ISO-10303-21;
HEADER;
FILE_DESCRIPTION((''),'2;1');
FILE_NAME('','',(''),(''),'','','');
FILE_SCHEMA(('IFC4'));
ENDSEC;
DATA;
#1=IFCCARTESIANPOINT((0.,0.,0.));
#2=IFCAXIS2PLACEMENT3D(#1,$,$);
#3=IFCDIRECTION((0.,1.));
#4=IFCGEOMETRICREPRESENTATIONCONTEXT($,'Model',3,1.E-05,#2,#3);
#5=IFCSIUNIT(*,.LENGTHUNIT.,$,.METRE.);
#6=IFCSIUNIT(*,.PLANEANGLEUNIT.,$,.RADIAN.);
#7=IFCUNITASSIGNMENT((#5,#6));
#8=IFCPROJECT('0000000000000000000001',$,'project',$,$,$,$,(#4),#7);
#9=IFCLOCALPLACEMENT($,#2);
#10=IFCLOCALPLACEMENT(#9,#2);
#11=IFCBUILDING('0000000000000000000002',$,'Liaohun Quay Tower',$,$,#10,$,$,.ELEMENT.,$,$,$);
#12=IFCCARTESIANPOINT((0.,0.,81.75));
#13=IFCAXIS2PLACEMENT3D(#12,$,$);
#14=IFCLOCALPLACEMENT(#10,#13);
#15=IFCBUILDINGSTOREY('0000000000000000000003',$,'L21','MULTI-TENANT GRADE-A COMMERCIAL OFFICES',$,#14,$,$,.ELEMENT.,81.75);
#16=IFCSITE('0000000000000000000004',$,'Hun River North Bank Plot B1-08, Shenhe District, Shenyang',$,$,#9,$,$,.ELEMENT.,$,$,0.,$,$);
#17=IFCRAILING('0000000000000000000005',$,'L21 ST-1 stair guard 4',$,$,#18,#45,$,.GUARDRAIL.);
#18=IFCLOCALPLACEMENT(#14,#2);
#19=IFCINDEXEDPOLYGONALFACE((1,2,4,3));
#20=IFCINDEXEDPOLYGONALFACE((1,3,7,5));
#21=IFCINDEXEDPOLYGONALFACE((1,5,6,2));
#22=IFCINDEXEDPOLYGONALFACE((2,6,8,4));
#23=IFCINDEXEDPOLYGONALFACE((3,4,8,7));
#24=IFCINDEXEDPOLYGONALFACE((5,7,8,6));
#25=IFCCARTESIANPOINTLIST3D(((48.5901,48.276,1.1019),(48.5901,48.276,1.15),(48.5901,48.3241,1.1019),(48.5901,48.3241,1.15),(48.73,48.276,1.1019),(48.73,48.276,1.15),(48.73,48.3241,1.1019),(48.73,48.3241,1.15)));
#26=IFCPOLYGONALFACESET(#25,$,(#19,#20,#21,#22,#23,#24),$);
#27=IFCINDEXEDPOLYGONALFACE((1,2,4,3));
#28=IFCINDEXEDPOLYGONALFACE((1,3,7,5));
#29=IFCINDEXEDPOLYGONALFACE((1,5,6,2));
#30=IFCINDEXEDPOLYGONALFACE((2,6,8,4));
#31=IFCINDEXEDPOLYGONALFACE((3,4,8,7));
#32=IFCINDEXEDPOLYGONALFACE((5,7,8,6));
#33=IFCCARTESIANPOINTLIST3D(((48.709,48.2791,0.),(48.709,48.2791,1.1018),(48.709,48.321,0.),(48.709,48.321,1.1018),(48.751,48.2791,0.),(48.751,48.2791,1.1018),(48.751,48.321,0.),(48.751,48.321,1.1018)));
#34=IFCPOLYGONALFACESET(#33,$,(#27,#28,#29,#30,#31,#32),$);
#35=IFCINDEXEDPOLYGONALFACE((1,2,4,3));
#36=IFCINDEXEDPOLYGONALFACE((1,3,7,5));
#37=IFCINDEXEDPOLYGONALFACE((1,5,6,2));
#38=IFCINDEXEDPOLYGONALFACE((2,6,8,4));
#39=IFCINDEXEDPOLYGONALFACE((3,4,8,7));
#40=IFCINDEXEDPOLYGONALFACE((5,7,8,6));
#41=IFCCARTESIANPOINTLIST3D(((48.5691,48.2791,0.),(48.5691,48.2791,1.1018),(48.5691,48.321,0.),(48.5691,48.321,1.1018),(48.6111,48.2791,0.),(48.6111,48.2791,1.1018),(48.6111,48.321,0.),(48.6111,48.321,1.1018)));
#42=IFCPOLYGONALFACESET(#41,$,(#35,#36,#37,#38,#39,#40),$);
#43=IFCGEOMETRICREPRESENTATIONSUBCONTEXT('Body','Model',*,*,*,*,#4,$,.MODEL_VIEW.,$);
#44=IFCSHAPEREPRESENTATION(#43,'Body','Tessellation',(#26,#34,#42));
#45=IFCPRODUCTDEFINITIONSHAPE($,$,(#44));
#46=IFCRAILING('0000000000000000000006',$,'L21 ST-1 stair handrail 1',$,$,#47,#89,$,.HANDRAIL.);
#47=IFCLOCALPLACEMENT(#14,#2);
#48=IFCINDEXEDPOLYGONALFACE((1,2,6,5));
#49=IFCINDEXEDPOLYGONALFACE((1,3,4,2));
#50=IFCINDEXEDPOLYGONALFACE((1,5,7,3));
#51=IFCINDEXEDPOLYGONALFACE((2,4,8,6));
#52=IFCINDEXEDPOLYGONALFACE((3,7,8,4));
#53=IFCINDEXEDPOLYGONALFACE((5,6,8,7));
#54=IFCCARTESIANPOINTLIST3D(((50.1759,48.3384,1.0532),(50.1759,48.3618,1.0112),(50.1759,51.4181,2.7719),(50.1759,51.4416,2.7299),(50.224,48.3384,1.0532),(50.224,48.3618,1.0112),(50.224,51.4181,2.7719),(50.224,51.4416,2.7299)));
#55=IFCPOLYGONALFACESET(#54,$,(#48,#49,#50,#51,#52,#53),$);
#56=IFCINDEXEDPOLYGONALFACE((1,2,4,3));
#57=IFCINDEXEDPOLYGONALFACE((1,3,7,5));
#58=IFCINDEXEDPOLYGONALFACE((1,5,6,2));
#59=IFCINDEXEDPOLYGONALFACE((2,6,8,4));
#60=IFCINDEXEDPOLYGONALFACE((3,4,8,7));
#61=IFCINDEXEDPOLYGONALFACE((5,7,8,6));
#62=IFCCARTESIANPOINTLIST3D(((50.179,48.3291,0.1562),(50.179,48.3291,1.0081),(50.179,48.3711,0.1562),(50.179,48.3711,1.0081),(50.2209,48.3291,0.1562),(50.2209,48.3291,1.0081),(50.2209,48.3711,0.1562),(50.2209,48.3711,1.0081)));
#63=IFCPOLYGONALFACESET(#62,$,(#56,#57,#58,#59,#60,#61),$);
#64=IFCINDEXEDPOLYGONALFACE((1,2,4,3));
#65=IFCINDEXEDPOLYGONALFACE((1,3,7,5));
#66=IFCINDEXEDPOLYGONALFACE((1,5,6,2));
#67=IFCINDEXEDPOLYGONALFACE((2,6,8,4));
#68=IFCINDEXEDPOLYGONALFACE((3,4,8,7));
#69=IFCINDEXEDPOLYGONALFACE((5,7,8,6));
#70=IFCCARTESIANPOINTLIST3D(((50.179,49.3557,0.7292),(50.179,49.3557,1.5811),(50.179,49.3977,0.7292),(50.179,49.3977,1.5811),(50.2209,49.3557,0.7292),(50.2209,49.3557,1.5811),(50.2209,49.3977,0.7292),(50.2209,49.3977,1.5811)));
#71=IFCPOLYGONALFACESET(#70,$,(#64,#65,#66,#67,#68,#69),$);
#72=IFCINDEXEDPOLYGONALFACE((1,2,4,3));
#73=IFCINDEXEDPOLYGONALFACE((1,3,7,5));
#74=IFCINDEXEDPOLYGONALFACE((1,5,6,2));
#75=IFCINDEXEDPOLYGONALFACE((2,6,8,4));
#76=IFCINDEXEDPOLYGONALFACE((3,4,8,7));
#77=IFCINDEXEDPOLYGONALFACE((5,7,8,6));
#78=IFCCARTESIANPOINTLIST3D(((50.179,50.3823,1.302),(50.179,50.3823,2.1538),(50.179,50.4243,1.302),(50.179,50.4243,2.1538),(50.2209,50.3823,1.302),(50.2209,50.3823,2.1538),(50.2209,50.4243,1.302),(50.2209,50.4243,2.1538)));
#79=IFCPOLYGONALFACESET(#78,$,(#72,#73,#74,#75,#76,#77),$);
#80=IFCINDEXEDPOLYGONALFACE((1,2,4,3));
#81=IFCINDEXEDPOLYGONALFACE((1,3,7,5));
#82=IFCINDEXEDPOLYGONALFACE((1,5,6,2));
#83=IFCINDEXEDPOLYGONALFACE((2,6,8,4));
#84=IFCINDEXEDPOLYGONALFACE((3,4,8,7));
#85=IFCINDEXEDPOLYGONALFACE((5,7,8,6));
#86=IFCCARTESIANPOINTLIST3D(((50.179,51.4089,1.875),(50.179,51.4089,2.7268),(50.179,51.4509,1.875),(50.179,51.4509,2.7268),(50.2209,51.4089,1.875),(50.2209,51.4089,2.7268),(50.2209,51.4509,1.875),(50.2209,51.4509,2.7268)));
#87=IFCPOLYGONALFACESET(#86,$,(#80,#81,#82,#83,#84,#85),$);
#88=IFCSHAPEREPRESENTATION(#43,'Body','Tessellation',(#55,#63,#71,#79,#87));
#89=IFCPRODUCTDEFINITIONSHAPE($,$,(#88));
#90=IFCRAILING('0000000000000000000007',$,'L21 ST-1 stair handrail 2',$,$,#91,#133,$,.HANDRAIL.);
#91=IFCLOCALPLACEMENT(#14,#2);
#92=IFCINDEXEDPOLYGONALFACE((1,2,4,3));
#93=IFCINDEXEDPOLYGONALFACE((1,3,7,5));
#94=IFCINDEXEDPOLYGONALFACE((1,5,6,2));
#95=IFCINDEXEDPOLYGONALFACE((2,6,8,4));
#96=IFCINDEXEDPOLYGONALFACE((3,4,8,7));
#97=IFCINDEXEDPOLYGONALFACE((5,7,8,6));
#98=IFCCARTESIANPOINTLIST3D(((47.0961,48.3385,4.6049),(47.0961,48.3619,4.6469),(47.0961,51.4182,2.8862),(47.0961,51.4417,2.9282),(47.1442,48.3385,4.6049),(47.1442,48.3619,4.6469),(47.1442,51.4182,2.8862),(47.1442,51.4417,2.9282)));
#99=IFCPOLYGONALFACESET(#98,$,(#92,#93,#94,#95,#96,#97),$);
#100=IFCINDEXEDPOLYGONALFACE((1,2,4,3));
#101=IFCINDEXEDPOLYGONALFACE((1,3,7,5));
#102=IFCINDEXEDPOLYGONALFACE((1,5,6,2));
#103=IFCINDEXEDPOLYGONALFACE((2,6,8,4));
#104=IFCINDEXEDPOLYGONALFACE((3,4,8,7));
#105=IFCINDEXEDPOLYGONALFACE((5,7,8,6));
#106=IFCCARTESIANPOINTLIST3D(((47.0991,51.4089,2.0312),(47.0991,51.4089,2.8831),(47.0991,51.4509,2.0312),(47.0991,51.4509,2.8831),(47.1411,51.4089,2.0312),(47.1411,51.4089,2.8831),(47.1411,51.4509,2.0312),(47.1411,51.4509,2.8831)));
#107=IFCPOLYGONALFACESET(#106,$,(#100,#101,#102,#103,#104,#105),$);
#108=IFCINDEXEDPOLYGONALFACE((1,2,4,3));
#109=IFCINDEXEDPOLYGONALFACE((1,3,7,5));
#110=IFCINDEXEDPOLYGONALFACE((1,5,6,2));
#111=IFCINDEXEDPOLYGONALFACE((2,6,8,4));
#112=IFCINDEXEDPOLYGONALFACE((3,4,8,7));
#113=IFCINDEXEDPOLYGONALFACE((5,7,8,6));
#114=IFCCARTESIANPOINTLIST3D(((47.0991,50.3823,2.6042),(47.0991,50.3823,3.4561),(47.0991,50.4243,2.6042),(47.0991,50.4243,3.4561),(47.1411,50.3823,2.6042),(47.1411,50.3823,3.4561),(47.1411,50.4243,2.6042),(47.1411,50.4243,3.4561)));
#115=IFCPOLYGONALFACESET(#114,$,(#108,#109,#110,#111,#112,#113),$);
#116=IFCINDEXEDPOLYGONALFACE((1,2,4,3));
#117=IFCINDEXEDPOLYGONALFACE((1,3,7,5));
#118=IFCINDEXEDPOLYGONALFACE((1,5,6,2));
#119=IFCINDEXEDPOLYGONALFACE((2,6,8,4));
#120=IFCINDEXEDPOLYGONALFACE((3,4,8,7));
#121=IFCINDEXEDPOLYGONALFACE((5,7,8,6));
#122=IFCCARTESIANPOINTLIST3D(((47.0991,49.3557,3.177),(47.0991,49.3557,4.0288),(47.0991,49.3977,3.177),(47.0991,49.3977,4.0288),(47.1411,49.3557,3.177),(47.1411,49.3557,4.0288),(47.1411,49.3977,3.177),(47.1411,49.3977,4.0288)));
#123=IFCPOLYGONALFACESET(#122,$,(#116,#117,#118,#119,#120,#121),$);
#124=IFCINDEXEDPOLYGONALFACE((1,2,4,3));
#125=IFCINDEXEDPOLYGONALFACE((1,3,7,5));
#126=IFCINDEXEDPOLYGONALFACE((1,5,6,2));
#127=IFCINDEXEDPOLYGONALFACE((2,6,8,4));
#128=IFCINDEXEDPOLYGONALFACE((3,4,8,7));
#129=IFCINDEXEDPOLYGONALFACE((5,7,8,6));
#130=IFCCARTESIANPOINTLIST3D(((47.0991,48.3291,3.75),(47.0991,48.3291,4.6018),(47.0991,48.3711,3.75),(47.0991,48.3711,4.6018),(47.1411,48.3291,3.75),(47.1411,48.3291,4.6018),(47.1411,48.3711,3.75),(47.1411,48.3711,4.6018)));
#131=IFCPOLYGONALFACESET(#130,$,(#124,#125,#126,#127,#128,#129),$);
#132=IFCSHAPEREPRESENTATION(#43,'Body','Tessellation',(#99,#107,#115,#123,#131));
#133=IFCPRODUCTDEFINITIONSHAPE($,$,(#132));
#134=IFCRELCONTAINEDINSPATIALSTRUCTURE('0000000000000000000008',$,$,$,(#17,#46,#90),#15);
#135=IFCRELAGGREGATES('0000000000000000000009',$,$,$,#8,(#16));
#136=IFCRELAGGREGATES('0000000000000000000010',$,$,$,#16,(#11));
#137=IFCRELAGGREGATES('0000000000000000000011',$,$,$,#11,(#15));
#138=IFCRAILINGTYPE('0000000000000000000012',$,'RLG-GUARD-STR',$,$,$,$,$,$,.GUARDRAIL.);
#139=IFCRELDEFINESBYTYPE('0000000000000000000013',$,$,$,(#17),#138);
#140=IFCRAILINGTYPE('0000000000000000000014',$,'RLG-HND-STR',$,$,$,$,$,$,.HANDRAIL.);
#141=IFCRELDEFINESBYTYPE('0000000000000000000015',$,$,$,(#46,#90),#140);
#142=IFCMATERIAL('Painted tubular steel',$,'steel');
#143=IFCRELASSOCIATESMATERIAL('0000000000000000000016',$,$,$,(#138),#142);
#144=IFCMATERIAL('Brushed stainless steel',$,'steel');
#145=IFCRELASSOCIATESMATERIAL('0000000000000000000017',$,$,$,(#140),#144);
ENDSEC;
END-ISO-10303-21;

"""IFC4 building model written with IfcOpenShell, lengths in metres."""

from ifc_helpers import new_model, si_unit, direction, frame, origin, origin_2d, place, context, subcontext, project, spatial, rectangle, extrude, material, type_object, element, save


model = new_model("IFC4")

# Units and contexts
model_context = context("Model", 3, precision=1e-05, world=origin(), true_north=direction((0.0, 1.0)))
body_context = subcontext(model_context, "Body", "Model", "MODEL_VIEW")
ifc_project = project(units=[si_unit("LENGTHUNIT", "METRE"), si_unit("PLANEANGLEUNIT", "RADIAN")], contexts=[model_context])

# Site, building, storey
site_placement = place(None, origin())
site = spatial("IfcSite", under=ifc_project, at=site_placement, Name="Hun River North Bank Plot B1-08, Shenhe District, Shenyang", CompositionType="ELEMENT", RefElevation=0.0)
building_placement = place(site_placement, origin())
building = spatial("IfcBuilding", under=site, at=building_placement, Name="Liaohun Quay Tower", CompositionType="ELEMENT")
storey_placement = place(building_placement, frame((0.0, 0.0, 81.75)))
storey = spatial("IfcBuildingStorey", under=building, at=storey_placement, Name="L21", Description="MULTI-TENANT GRADE-A COMMERCIAL OFFICES", CompositionType="ELEMENT", Elevation=81.75)

# Railings
ifc_material_1 = material(Name="Painted tubular steel", Category="steel")
railing_type_1 = type_object("IfcRailingType", Name="RLG-GUARD-STR", PredefinedType="GUARDRAIL", material=ifc_material_1)
railing_1_placement = place(storey_placement, frame((48.73, 48.3, 0.0)))
element("IfcRailing", 1, at=railing_1_placement, inside=storey, type_object=railing_type_1, Name="L21 ST-1 stair guard 4", PredefinedType="GUARDRAIL", context=body_context, shape_type="SweptSolid", body=[
    extrude(rectangle(XDim=0.0481, YDim=0.0481, at=origin_2d()), frame((0.0, 0.0, 1.126), z_axis=(-1.0, 0.0, 0.0), x_axis=(0.0, -1.0, 0.0)), (0.0, 0.0, 1.0), 0.1399),
    extrude(rectangle(XDim=0.042, YDim=0.042, at=origin_2d()), origin(), (0.0, 0.0, 1.0), 1.1018),
    extrude(rectangle(XDim=0.042, YDim=0.042, at=origin_2d()), frame((-0.1399, 0.0, 0.0)), (0.0, 0.0, 1.0), 1.1018),
])
ifc_material_2 = material(Name="Brushed stainless steel", Category="steel")
railing_type_2 = type_object("IfcRailingType", Name="RLG-HND-STR", PredefinedType="HANDRAIL", material=ifc_material_2)
railing_2_placement = place(storey_placement, frame((50.2, 48.3501, 0.1562)))
element("IfcRailing", 2, at=railing_2_placement, inside=storey, type_object=railing_type_2, Name="L21 ST-1 stair handrail 1", PredefinedType="HANDRAIL", context=body_context, shape_type="SweptSolid", body=[
    extrude(rectangle(XDim=0.0481, YDim=0.0481, at=origin_2d()), frame((0.0, 0.0, 0.876), z_axis=(0.0, 0.873225, 0.487317), x_axis=(-1.0, 0.0, 0.0)), (0.0, 0.0, 1.0), 3.5269),
    extrude(rectangle(XDim=0.042, YDim=0.042, at=origin_2d()), origin(), (0.0, 0.0, 1.0), 0.8518),
    extrude(rectangle(XDim=0.042, YDim=0.042, at=origin_2d()), frame((0.0, 1.0266, 0.573)), (0.0, 0.0, 1.0), 0.8518),
    extrude(rectangle(XDim=0.042, YDim=0.042, at=origin_2d()), frame((0.0, 2.0532, 1.1458)), (0.0, 0.0, 1.0), 0.8518),
    extrude(rectangle(XDim=0.042, YDim=0.042, at=origin_2d()), frame((0.0, 3.0798, 1.7188)), (0.0, 0.0, 1.0), 0.8518),
])
railing_3_placement = place(storey_placement, frame((47.1201, 51.4299, 2.0312)))
element("IfcRailing", 3, at=railing_3_placement, inside=storey, type_object=railing_type_2, Name="L21 ST-1 stair handrail 2", PredefinedType="HANDRAIL", context=body_context, shape_type="SweptSolid", body=[
    extrude(rectangle(XDim=0.0481, YDim=0.0481, at=origin_2d()), frame((0.0, 0.0, 0.876), z_axis=(0.0, -0.873225, 0.487317), x_axis=(1.0, 0.0, 0.0)), (0.0, 0.0, 1.0), 3.5269),
    extrude(rectangle(XDim=0.042, YDim=0.042, at=origin_2d()), origin(), (0.0, 0.0, 1.0), 0.8518),
    extrude(rectangle(XDim=0.042, YDim=0.042, at=origin_2d()), frame((0.0, -1.0266, 0.573)), (0.0, 0.0, 1.0), 0.8518),
    extrude(rectangle(XDim=0.042, YDim=0.042, at=origin_2d()), frame((0.0, -2.0532, 1.1458)), (0.0, 0.0, 1.0), 0.8518),
    extrude(rectangle(XDim=0.042, YDim=0.042, at=origin_2d()), frame((0.0, -3.0798, 1.7188)), (0.0, 0.0, 1.0), 0.8518),
])

save(model, "model.ifc")
